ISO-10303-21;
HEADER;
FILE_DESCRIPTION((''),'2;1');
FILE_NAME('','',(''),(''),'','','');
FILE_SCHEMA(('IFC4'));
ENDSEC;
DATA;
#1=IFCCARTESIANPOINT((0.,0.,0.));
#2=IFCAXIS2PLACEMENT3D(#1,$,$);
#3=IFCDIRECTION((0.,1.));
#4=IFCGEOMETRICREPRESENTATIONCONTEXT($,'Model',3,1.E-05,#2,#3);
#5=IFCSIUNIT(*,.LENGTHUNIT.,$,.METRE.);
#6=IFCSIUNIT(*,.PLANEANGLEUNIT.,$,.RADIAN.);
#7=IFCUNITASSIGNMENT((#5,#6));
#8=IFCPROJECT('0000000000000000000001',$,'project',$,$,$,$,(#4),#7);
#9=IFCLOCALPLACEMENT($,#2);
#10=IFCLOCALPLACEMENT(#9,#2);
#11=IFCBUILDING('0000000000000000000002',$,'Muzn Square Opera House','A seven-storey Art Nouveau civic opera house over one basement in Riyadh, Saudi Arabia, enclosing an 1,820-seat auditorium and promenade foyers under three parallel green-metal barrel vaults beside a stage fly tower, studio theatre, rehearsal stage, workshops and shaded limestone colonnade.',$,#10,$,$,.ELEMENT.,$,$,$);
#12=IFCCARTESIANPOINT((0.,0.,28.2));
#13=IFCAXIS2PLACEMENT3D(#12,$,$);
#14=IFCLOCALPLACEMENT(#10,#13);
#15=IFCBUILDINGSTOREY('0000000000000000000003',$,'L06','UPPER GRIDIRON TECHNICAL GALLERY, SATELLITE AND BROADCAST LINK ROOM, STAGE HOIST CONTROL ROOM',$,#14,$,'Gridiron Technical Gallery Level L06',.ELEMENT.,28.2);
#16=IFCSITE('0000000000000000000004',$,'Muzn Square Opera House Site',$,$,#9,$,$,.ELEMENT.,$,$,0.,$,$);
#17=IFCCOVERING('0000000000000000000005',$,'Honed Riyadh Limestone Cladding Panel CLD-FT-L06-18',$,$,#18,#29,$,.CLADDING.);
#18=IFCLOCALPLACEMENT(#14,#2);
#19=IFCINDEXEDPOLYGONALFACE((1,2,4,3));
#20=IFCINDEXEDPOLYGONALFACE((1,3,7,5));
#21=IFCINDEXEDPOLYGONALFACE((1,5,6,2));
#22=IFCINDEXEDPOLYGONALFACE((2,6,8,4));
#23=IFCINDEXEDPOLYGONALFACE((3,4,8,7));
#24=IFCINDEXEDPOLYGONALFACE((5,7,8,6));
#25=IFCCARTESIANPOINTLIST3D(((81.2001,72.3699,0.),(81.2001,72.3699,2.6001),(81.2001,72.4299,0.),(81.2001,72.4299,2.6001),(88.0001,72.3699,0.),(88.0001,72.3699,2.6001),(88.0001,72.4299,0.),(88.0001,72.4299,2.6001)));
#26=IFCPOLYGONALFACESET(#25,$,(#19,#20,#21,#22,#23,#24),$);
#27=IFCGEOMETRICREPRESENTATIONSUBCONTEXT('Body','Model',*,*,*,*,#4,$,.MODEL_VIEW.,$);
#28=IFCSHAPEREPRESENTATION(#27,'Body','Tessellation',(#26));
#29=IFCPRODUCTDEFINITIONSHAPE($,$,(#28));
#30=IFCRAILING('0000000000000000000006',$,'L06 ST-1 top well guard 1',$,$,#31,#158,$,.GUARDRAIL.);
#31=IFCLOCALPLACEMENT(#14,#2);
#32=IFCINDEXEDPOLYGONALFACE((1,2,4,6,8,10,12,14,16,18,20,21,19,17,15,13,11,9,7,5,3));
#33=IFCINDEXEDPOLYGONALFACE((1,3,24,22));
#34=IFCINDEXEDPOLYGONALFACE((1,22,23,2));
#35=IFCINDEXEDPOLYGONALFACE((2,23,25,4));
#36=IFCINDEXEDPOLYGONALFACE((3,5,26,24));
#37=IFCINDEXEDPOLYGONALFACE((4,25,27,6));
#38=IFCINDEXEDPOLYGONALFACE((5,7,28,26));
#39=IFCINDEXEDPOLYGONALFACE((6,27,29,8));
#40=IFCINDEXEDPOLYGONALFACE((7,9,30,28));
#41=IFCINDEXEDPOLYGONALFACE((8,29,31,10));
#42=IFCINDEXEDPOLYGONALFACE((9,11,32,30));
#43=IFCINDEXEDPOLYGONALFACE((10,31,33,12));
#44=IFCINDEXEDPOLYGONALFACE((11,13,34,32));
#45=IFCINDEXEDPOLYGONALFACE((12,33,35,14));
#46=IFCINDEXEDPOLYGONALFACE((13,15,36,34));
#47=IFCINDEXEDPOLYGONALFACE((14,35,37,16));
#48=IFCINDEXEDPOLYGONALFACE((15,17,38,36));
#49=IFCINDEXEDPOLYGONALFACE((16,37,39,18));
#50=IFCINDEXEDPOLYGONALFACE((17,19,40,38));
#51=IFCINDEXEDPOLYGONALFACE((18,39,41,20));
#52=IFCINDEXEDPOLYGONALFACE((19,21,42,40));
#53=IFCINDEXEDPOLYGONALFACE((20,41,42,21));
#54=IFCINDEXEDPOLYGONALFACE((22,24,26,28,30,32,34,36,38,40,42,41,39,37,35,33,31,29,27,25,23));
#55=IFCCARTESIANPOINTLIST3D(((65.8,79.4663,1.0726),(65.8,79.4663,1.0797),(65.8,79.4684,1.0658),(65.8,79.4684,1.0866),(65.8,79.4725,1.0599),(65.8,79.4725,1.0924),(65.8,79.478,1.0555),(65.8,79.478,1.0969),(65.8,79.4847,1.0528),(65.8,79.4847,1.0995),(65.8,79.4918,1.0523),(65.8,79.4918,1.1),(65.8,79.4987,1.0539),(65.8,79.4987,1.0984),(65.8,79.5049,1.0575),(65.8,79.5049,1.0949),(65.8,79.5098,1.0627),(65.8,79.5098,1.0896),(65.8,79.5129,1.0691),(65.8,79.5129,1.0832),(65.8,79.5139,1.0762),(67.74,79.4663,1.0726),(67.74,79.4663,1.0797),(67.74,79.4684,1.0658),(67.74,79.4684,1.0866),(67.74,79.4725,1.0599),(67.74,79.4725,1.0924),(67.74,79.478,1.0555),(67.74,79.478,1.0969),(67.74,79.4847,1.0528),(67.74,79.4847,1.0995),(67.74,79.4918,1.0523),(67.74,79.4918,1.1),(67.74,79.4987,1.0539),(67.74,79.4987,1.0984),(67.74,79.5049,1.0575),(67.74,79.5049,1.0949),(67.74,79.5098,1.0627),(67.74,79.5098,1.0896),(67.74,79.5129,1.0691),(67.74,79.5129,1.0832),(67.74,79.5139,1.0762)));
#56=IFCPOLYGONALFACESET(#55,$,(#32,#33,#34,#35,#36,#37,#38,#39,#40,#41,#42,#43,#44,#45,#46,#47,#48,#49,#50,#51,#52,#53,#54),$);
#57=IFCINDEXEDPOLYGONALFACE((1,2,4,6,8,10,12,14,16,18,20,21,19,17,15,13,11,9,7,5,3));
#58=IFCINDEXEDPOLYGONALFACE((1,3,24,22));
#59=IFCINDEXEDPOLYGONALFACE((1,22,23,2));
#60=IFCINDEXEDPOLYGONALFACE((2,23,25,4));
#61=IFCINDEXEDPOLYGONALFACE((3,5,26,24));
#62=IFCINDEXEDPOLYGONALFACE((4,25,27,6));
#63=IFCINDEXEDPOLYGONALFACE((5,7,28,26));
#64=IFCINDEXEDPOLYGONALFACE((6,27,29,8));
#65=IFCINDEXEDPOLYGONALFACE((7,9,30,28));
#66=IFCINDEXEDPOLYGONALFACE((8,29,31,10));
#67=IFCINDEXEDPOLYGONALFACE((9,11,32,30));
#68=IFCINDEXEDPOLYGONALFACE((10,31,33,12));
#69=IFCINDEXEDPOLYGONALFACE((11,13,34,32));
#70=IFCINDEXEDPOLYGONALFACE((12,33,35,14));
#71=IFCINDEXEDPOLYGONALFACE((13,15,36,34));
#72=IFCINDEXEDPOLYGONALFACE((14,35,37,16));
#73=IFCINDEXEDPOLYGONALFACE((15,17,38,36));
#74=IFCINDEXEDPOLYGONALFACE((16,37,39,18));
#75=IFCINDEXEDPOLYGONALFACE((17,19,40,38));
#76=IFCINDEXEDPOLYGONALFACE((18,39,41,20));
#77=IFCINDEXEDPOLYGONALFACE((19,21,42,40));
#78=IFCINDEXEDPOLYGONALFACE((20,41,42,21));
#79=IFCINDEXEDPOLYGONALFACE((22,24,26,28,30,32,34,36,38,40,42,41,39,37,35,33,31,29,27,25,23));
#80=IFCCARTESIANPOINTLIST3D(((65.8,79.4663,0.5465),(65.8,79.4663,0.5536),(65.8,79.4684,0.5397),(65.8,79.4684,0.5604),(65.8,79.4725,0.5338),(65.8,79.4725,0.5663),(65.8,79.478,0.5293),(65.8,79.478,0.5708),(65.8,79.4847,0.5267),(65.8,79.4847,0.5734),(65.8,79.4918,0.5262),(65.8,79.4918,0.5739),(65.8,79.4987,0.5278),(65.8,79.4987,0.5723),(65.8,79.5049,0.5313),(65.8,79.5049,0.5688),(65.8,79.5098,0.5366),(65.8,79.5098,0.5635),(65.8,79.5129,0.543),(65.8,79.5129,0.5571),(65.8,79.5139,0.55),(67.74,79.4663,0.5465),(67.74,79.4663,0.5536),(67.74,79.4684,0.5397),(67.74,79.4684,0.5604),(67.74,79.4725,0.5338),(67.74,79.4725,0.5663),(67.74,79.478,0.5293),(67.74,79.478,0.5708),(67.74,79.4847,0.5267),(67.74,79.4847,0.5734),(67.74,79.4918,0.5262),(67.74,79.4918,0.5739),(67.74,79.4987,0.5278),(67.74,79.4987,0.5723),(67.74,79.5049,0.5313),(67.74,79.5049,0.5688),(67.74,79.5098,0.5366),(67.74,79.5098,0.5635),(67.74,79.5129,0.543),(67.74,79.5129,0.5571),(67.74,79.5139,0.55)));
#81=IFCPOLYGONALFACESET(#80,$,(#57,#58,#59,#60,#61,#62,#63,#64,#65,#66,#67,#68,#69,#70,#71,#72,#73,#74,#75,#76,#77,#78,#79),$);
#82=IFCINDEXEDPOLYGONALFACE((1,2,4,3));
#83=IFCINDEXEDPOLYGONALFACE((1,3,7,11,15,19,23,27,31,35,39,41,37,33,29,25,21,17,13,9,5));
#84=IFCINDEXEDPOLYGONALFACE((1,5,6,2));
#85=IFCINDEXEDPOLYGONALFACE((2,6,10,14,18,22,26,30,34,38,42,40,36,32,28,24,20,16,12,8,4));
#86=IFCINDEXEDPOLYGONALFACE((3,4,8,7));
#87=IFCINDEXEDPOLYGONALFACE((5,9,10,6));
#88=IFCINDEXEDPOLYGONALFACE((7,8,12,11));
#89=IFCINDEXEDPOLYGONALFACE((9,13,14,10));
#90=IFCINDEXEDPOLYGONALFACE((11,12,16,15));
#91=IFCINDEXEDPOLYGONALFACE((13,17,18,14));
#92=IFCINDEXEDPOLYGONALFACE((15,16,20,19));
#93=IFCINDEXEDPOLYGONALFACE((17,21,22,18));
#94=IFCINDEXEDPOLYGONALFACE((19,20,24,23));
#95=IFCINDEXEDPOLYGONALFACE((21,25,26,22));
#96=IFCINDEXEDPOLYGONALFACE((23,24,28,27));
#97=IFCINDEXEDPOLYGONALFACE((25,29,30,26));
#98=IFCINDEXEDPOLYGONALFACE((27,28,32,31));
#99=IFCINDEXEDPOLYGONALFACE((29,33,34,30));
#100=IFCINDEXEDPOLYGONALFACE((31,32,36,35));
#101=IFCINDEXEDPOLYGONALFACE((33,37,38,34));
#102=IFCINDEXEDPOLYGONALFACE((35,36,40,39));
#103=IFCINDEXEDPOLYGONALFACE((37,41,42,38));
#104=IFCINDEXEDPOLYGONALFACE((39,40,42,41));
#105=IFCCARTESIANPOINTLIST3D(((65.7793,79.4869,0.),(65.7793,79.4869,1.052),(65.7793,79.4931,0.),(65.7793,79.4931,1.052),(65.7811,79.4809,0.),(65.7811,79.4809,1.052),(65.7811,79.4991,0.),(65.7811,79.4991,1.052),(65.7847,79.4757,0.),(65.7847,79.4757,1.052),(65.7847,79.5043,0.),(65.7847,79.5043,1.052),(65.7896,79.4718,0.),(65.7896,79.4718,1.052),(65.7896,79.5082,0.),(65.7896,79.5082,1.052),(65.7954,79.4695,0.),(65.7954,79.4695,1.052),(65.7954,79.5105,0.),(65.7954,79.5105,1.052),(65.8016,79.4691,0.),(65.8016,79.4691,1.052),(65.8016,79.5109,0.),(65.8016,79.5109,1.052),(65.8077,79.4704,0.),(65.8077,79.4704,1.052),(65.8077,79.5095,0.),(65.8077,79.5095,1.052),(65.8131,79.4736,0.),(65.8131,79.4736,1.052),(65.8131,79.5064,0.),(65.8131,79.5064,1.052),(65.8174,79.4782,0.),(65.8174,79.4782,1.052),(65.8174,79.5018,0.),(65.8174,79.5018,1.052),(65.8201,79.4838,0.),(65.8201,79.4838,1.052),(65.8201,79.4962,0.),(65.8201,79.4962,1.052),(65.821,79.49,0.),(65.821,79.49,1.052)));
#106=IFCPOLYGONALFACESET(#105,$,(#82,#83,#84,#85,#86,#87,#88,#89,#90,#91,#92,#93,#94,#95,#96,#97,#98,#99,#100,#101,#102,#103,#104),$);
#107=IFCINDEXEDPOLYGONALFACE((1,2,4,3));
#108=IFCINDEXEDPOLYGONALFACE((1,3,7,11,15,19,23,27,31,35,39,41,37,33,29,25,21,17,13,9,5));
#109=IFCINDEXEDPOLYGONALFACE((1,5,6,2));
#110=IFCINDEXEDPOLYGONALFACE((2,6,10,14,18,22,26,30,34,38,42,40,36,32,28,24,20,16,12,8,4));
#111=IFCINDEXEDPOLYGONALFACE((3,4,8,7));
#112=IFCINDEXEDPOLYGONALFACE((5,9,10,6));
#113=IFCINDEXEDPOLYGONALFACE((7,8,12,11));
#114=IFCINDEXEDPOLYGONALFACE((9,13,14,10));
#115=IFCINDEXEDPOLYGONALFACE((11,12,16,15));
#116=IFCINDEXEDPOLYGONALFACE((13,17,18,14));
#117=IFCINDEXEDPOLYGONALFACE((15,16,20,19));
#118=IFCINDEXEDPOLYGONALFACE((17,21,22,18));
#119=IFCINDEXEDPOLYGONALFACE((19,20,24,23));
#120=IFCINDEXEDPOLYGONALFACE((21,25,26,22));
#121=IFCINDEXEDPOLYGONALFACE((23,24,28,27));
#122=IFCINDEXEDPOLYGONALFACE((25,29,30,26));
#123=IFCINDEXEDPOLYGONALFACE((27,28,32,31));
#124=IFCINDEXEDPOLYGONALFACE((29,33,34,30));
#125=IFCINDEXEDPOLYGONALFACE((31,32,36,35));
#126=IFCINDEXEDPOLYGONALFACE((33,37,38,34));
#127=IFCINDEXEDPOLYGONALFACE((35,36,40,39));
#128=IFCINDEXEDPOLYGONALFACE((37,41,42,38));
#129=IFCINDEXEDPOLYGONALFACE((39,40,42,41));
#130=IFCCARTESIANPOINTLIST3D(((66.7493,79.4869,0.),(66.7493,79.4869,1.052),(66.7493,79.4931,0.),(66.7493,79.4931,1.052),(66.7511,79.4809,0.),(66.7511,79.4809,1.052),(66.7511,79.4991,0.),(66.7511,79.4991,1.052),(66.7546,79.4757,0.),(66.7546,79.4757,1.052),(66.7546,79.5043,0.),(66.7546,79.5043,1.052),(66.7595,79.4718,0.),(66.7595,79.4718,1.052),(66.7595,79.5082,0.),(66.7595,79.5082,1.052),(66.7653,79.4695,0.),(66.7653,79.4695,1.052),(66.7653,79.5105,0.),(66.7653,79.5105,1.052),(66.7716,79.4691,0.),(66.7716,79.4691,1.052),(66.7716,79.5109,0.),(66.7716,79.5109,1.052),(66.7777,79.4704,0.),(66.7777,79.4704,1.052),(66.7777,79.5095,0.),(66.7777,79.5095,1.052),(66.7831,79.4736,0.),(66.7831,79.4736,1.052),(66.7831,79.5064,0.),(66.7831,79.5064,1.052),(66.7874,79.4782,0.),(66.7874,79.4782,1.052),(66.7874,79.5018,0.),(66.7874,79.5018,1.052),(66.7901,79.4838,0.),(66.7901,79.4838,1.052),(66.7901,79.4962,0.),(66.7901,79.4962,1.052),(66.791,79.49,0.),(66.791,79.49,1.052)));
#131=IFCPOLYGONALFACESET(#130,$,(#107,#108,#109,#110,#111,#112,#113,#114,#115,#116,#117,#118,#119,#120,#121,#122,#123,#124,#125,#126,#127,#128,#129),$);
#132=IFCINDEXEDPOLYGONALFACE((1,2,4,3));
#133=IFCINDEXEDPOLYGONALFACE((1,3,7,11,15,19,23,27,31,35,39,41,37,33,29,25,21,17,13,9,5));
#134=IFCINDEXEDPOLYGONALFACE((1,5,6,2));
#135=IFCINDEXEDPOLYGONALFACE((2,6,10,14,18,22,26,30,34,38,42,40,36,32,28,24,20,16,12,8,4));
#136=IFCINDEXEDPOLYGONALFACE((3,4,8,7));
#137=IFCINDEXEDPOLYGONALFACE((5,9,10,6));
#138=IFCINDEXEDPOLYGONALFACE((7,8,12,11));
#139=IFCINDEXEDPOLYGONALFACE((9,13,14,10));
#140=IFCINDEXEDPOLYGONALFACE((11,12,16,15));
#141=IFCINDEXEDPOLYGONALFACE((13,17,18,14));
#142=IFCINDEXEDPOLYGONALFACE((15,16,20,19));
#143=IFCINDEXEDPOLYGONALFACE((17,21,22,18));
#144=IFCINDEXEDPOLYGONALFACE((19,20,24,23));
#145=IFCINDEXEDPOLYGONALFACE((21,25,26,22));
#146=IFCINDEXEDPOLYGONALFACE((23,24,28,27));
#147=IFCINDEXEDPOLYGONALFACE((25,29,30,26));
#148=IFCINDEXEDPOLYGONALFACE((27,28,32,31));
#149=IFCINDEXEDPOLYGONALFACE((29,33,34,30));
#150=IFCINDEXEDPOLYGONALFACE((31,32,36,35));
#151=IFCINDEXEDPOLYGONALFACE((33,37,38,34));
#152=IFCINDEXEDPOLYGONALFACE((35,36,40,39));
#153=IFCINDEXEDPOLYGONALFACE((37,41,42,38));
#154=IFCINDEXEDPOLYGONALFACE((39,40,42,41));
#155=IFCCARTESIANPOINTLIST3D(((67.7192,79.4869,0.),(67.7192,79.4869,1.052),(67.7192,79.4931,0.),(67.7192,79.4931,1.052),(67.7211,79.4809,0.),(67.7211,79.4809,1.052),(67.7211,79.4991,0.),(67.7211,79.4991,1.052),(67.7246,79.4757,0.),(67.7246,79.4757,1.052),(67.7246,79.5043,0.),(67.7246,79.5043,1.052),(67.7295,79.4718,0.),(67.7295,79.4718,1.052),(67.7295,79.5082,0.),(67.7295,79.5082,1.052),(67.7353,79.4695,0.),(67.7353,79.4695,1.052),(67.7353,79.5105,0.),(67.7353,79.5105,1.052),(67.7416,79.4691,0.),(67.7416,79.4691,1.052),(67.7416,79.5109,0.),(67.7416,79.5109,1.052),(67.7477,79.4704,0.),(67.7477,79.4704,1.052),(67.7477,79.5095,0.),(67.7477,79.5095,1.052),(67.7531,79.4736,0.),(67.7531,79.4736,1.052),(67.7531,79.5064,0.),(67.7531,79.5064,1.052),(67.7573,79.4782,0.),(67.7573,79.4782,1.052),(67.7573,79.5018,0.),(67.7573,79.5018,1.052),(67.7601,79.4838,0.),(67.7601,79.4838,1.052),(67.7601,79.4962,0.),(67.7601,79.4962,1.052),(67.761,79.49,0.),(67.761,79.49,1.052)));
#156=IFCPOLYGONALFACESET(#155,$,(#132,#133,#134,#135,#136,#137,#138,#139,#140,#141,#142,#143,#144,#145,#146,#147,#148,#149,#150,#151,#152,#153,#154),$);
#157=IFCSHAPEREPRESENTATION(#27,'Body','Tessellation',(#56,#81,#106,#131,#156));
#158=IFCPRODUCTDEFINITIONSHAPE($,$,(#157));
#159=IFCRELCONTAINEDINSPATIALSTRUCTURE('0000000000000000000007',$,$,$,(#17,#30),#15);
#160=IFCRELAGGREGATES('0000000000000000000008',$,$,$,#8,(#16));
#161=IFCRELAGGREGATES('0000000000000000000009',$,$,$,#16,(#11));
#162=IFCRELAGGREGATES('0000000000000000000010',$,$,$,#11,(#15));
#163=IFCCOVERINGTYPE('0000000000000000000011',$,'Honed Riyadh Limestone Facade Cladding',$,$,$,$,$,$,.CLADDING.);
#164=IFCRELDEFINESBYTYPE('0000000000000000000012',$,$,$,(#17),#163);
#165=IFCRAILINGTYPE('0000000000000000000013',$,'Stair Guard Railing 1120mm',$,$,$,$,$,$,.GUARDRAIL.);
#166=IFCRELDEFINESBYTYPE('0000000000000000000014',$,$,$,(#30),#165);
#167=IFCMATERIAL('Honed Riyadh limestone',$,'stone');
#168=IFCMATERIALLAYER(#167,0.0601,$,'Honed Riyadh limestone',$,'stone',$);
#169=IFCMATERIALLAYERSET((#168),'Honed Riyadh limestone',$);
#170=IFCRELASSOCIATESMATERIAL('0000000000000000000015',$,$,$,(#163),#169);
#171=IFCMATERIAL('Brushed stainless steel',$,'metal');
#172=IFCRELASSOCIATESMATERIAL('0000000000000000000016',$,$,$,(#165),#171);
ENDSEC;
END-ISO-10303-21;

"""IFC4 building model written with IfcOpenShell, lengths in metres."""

from ifc_helpers import new_model, si_unit, direction, frame, origin, origin_2d, place, context, subcontext, project, spatial, rectangle, circle, extrude, material, layer, layer_set, type_object, element, save


model = new_model("IFC4")

# Units and contexts
model_context = context("Model", 3, precision=1e-05, world=origin(), true_north=direction((0.0, 1.0)))
body_context = subcontext(model_context, "Body", "Model", "MODEL_VIEW")
ifc_project = project(units=[si_unit("LENGTHUNIT", "METRE"), si_unit("PLANEANGLEUNIT", "RADIAN")], contexts=[model_context])

# Site, building, storey
site_placement = place(None, origin())
site = spatial("IfcSite", under=ifc_project, at=site_placement, Name="Muzn Square Opera House Site", CompositionType="ELEMENT", RefElevation=0.0)
building_placement = place(site_placement, origin())
building = spatial("IfcBuilding", under=site, at=building_placement, Name="Muzn Square Opera House", Description="A seven-storey Art Nouveau civic opera house over one basement in Riyadh, Saudi Arabia, enclosing an 1,820-seat auditorium and promenade foyers under three parallel green-metal barrel vaults beside a stage fly tower, studio theatre, rehearsal stage, workshops and shaded limestone colonnade.", CompositionType="ELEMENT")
storey_placement = place(building_placement, frame((0.0, 0.0, 28.2)))
storey = spatial("IfcBuildingStorey", under=building, at=storey_placement, Name="L06", Description="UPPER GRIDIRON TECHNICAL GALLERY, SATELLITE AND BROADCAST LINK ROOM, STAGE HOIST CONTROL ROOM", LongName="Gridiron Technical Gallery Level L06", CompositionType="ELEMENT", Elevation=28.2)

# Covering
ifc_material_1 = material(Name="Honed Riyadh limestone", Category="stone")
ifc_layer_1 = layer(ifc_material_1, 0.0601, Name="Honed Riyadh limestone", Category="stone")
ifc_layer_set_1 = layer_set([ifc_layer_1], Name="Honed Riyadh limestone")
covering_type = type_object("IfcCoveringType", Name="Honed Riyadh Limestone Facade Cladding", PredefinedType="CLADDING", material=ifc_layer_set_1)
covering_1_placement = place(storey_placement, frame((84.6001, 72.3999, 0.0), z_axis=(0.0, 0.0, 1.0), x_axis=(1.0, 0.0, 0.0)))
element("IfcCovering", 1, at=covering_1_placement, inside=storey, type_object=covering_type, Name="Honed Riyadh Limestone Cladding Panel CLD-FT-L06-18", PredefinedType="CLADDING", context=body_context, shape_type="SweptSolid", body=[
    extrude(rectangle(XDim=6.8, YDim=0.0601, at=origin_2d()), origin(), (0.0, 0.0, 1.0), 2.6001),
])

# Railing
ifc_material_2 = material(Name="Brushed stainless steel", Category="metal")
railing_type_1 = type_object("IfcRailingType", Name="Stair Guard Railing 1120mm", PredefinedType="GUARDRAIL", material=ifc_material_2)
railing_1_placement = place(storey_placement, frame((65.8, 79.49, 0.0)))
element("IfcRailing", 2, at=railing_1_placement, inside=storey, type_object=railing_type_1, Name="L06 ST-1 top well guard 1", PredefinedType="GUARDRAIL", context=body_context, shape_type="SweptSolid", body=[
    extrude(circle(Radius=0.0239, at=origin_2d()), frame((0.0, 0.0, 1.0762), z_axis=(1.0, 0.0, 0.0), x_axis=(0.0, 1.0, 0.0)), (0.0, 0.0, 1.0), 1.9399),
    extrude(circle(Radius=0.0239, at=origin_2d()), frame((0.0, 0.0, 0.55), z_axis=(1.0, 0.0, 0.0), x_axis=(0.0, 1.0, 0.0)), (0.0, 0.0, 1.0), 1.9399),
    extrude(circle(Radius=0.021, at=origin_2d()), origin(), (0.0, 0.0, 1.0), 1.052),
    extrude(circle(Radius=0.021, at=origin_2d()), frame((0.97, 0.0, 0.0)), (0.0, 0.0, 1.0), 1.052),
    extrude(circle(Radius=0.021, at=origin_2d()), frame((1.9399, 0.0, 0.0)), (0.0, 0.0, 1.0), 1.052),
])

save(model, "model.ifc")
